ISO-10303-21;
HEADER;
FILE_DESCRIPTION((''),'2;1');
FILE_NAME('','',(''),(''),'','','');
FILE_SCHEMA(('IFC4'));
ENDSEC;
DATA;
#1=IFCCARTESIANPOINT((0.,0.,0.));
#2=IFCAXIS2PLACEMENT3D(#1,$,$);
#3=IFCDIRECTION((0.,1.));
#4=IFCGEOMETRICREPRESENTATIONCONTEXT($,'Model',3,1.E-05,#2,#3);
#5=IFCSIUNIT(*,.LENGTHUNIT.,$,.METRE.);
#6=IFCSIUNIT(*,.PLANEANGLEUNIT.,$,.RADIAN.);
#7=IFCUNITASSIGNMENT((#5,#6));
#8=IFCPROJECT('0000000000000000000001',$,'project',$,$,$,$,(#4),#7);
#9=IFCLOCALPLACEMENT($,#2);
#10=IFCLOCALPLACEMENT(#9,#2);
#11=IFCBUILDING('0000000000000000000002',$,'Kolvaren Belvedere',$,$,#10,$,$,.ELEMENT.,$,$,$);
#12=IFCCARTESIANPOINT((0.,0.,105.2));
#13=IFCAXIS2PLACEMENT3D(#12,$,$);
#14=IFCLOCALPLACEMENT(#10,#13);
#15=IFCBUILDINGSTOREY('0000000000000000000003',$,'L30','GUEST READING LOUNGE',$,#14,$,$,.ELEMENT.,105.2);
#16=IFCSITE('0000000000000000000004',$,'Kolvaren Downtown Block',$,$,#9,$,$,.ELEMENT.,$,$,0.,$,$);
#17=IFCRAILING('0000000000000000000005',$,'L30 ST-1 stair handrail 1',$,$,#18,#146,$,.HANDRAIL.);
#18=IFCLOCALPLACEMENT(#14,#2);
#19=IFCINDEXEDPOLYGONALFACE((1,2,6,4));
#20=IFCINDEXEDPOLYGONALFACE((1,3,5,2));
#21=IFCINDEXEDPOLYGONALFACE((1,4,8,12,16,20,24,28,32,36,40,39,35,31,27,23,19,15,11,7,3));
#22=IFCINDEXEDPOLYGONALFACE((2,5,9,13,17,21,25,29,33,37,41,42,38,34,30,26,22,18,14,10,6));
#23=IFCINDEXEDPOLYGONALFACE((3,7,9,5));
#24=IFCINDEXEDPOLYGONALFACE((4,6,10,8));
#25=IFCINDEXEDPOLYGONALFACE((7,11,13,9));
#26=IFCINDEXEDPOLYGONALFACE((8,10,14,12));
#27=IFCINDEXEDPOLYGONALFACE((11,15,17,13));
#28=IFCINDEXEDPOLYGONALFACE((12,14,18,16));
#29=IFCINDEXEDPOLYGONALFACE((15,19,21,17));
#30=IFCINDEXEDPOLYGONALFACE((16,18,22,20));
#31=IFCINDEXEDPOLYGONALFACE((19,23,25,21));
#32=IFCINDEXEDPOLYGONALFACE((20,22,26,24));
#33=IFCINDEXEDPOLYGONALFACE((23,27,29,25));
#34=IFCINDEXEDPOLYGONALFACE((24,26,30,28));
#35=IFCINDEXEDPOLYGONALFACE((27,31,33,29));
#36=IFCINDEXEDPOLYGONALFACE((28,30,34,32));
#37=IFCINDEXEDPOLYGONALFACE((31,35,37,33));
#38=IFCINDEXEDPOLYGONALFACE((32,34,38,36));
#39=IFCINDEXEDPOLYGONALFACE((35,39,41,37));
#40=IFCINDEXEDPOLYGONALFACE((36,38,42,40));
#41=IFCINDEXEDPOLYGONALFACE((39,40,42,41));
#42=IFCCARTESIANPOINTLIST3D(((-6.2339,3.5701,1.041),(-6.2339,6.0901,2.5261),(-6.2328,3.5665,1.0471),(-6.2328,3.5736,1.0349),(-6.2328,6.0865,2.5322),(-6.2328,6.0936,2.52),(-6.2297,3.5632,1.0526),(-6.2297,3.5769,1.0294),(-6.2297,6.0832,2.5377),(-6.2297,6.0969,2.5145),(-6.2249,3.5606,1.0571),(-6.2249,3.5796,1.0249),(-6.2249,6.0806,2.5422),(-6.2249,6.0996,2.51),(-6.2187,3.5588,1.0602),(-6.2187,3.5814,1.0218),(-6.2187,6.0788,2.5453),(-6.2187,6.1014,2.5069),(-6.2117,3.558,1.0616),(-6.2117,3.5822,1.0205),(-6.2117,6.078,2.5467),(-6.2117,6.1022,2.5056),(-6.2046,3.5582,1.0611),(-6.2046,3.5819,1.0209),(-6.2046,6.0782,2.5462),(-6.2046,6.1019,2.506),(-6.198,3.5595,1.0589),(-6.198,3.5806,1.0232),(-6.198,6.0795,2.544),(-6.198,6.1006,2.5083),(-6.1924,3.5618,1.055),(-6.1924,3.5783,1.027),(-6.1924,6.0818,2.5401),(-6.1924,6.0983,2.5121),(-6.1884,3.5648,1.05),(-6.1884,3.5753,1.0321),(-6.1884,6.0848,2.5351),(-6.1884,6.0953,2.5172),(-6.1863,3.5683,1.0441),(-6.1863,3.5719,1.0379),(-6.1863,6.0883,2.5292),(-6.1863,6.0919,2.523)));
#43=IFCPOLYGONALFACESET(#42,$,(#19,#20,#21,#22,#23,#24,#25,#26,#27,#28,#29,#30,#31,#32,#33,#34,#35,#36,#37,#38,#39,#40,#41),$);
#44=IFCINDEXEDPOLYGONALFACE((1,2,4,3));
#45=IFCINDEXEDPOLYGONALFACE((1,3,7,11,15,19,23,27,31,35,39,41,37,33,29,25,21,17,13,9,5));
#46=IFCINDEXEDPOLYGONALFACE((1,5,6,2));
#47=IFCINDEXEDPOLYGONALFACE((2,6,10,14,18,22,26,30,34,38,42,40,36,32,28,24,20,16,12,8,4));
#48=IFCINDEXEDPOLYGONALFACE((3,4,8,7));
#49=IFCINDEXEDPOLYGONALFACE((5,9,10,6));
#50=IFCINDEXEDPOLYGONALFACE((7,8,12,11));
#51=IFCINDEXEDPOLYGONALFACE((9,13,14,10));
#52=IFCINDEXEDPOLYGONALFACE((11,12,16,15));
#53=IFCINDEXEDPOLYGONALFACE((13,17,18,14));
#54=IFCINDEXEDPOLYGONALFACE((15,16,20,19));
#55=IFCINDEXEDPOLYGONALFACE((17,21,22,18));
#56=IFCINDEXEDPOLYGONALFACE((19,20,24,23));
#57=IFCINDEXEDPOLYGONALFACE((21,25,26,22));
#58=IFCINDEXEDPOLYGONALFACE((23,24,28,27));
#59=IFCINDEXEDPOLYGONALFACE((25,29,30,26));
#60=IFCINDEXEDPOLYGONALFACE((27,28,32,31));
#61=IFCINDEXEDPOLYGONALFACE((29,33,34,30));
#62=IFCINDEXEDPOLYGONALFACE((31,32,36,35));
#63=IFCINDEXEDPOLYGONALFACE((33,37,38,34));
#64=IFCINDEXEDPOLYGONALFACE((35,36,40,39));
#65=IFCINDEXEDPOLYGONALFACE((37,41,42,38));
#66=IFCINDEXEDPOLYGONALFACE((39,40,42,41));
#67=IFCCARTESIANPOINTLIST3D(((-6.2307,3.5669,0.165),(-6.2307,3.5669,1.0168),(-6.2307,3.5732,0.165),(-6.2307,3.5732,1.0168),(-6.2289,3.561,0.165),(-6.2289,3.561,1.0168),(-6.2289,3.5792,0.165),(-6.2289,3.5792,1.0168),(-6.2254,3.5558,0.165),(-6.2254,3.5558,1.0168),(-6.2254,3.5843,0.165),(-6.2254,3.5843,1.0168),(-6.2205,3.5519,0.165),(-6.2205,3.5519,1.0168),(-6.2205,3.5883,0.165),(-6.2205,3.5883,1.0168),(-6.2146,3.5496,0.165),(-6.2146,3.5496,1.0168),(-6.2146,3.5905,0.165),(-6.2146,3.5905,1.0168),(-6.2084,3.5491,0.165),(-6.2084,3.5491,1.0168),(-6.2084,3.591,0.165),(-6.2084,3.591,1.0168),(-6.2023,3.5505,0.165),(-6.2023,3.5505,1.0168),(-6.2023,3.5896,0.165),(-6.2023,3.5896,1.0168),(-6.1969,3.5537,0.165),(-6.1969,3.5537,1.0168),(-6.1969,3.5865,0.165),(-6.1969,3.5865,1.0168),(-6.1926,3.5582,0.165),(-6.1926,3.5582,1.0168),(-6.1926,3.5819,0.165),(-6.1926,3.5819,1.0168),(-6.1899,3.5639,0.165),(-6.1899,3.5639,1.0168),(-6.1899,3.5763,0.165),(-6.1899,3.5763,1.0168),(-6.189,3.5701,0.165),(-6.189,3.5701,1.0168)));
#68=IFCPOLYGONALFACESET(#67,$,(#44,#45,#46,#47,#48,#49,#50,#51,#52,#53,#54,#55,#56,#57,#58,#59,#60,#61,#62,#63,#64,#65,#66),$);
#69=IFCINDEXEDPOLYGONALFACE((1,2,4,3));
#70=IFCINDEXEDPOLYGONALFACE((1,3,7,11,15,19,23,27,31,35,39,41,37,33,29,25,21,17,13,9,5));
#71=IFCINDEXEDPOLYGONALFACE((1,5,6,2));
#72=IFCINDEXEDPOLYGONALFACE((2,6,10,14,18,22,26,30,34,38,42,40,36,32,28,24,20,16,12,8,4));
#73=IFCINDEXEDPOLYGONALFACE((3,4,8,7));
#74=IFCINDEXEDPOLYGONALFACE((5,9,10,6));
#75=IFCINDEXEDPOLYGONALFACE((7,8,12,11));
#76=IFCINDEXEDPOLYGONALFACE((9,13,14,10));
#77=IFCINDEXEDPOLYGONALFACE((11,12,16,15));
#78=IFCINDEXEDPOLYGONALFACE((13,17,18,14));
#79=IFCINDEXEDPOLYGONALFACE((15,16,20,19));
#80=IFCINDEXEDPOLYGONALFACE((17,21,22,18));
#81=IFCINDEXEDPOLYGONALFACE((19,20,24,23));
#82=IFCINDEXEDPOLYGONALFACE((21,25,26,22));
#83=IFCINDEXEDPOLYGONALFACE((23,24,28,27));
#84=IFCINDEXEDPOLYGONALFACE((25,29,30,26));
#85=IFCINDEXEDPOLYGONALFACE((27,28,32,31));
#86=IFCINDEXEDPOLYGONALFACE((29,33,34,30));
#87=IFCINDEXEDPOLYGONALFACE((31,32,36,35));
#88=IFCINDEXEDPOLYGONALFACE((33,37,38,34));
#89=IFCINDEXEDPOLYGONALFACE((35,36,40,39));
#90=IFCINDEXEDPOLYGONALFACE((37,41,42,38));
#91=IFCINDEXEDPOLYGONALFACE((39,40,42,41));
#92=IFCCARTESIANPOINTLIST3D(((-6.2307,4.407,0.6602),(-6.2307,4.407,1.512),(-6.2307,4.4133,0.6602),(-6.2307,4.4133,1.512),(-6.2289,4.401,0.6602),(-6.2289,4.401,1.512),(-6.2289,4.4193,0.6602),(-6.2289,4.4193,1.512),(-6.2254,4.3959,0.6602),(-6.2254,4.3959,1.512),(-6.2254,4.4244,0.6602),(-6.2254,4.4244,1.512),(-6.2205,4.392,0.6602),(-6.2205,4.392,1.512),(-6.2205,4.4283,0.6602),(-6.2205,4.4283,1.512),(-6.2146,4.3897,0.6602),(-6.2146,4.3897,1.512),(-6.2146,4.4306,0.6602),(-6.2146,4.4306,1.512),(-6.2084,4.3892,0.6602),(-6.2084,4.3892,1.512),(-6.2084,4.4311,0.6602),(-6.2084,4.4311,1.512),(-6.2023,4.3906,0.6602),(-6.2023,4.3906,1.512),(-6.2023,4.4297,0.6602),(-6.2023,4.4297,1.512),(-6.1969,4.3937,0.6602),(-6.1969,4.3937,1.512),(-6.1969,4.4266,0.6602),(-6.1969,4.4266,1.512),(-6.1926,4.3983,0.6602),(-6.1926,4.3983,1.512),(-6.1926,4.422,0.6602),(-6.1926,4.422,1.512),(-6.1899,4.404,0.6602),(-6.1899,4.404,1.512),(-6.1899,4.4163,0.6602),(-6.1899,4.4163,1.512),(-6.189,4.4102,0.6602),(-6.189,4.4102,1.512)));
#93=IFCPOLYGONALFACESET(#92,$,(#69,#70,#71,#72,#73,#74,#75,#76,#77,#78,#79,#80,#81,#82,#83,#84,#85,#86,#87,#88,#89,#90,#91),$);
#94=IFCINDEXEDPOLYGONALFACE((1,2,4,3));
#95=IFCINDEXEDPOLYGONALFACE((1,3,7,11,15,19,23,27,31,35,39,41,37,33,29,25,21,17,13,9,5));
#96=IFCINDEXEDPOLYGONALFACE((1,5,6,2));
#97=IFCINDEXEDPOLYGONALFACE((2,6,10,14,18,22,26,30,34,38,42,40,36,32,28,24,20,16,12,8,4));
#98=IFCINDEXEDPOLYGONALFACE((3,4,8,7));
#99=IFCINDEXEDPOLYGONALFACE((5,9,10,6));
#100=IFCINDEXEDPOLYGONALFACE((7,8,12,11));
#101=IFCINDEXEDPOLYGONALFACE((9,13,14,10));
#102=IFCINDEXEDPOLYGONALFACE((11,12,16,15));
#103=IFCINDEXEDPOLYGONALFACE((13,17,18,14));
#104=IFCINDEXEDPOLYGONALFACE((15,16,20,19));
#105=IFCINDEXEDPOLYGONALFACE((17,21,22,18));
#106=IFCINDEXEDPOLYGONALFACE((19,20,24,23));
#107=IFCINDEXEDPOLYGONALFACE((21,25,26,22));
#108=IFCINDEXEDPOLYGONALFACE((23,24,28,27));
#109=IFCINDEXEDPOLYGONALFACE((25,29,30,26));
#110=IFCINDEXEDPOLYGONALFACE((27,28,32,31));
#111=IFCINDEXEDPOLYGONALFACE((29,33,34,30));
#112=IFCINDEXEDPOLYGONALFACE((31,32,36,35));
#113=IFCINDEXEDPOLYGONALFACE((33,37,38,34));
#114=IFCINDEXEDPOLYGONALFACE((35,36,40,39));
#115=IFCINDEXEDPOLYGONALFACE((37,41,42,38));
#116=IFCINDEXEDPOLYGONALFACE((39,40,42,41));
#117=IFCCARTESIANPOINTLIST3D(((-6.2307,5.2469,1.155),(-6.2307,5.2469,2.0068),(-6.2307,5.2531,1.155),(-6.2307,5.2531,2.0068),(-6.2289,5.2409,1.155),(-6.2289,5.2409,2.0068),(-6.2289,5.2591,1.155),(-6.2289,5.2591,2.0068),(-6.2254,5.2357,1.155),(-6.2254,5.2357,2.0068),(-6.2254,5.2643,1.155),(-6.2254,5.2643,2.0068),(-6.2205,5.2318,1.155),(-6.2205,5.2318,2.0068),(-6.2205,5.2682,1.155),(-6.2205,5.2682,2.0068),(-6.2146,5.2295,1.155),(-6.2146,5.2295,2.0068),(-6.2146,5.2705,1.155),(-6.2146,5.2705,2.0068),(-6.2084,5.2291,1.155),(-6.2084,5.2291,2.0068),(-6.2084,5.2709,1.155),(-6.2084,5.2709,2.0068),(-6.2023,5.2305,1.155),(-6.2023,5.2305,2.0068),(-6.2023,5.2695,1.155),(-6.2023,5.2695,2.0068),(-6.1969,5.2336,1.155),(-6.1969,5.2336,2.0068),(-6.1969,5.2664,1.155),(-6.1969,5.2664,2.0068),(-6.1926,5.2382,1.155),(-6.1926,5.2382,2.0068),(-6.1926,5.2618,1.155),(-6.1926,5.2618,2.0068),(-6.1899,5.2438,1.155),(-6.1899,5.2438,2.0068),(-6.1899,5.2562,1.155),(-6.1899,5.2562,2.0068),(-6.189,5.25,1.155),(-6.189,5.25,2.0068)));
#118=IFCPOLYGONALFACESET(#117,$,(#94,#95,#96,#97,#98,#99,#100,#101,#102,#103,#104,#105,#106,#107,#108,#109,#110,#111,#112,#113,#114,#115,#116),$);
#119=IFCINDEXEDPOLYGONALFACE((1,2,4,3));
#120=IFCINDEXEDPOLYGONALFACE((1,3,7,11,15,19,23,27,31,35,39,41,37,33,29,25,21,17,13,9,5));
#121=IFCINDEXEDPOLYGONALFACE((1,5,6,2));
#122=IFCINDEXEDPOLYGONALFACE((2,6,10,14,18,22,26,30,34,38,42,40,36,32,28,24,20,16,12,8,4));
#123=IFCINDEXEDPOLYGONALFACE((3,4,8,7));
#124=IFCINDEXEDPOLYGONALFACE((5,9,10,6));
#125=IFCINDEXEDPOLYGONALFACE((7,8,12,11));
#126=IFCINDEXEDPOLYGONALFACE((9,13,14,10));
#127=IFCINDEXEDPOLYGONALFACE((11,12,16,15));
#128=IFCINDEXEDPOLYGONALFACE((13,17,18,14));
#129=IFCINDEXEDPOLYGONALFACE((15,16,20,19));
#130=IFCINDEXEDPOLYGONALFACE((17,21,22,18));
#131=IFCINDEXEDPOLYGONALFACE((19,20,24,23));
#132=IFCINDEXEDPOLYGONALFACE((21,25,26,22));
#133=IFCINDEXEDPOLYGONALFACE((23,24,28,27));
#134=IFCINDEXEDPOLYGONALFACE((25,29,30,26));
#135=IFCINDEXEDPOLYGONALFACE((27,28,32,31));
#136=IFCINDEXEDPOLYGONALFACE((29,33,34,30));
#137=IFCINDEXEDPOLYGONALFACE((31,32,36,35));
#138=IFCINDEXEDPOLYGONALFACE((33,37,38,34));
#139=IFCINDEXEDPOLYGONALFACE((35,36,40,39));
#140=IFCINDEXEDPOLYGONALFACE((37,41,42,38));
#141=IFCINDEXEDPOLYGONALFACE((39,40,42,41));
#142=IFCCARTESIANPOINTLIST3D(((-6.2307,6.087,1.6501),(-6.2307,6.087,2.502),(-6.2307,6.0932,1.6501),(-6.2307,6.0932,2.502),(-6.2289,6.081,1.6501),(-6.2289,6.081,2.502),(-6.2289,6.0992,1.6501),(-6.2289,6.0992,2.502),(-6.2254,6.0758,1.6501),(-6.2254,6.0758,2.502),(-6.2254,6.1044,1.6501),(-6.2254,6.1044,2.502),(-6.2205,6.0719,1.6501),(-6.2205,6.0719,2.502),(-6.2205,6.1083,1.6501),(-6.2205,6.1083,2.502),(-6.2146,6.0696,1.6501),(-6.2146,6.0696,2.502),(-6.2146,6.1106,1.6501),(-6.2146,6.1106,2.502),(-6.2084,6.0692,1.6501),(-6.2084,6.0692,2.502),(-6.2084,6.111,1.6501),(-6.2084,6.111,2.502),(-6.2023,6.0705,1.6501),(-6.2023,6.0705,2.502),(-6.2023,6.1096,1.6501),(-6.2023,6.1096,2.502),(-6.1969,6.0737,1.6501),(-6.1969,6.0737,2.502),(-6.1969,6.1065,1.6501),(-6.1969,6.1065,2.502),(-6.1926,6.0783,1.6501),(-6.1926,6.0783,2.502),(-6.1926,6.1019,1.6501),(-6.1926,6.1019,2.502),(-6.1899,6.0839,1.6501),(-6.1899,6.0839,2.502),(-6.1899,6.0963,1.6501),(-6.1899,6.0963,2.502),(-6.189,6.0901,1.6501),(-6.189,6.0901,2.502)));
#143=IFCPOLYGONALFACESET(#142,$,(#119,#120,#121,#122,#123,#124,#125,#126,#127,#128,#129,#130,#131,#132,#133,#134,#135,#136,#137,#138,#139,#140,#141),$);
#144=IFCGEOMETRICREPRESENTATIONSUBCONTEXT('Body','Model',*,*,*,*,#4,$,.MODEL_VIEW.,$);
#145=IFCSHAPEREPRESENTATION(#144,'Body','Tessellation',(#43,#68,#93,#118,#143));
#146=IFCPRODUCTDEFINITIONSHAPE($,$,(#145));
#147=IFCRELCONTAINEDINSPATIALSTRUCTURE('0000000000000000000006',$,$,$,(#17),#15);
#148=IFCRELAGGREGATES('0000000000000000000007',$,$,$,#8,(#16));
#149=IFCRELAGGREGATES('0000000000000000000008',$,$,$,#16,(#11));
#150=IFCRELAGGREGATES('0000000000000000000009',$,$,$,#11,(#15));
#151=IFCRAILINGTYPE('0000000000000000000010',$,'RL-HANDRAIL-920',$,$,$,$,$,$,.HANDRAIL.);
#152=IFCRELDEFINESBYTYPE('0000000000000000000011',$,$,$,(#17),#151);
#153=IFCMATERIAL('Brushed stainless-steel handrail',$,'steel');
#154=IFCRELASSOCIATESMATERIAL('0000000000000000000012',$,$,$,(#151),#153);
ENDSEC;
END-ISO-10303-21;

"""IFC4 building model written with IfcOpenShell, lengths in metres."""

from ifc_helpers import new_model, si_unit, direction, frame, origin, origin_2d, place, context, subcontext, project, spatial, circle, extrude, material, type_object, element, save


model = new_model("IFC4")

# Units and contexts
model_context = context("Model", 3, precision=1e-05, world=origin(), true_north=direction((0.0, 1.0)))
body_context = subcontext(model_context, "Body", "Model", "MODEL_VIEW")
ifc_project = project(units=[si_unit("LENGTHUNIT", "METRE"), si_unit("PLANEANGLEUNIT", "RADIAN")], contexts=[model_context])

# Site, building, storey
site_placement = place(None, origin())
site = spatial("IfcSite", under=ifc_project, at=site_placement, Name="Kolvaren Downtown Block", CompositionType="ELEMENT", RefElevation=0.0)
building_placement = place(site_placement, origin())
building = spatial("IfcBuilding", under=site, at=building_placement, Name="Kolvaren Belvedere", CompositionType="ELEMENT")
storey_placement = place(building_placement, frame((0.0, 0.0, 105.2)))
storey = spatial("IfcBuildingStorey", under=building, at=storey_placement, Name="L30", Description="GUEST READING LOUNGE", CompositionType="ELEMENT", Elevation=105.2)

# Railing
ifc_material_1 = material(Name="Brushed stainless-steel handrail", Category="steel")
railing_type_1 = type_object("IfcRailingType", Name="RL-HANDRAIL-920", PredefinedType="HANDRAIL", material=ifc_material_1)
railing_1_placement = place(storey_placement, frame((-6.21, 3.5701, 0.165)))
element("IfcRailing", 1, at=railing_1_placement, inside=storey, type_object=railing_type_1, Name="L30 ST-1 stair handrail 1", PredefinedType="HANDRAIL", context=body_context, shape_type="SweptSolid", body=[
    extrude(circle(Radius=0.0239, at=origin_2d()), frame((0.0, 0.0, 0.876), z_axis=(0.0, 0.861524, 0.507717), x_axis=(-1.0, 0.0, 0.0)), (0.0, 0.0, 1.0), 2.925),
    extrude(circle(Radius=0.021, at=origin_2d()), origin(), (0.0, 0.0, 1.0), 0.8518),
    extrude(circle(Radius=0.021, at=origin_2d()), frame((0.0, 0.8401, 0.4951)), (0.0, 0.0, 1.0), 0.8518),
    extrude(circle(Radius=0.021, at=origin_2d()), frame((0.0, 1.6799, 0.99)), (0.0, 0.0, 1.0), 0.8518),
    extrude(circle(Radius=0.021, at=origin_2d()), frame((0.0, 2.52, 1.4851)), (0.0, 0.0, 1.0), 0.8518),
])

save(model, "model.ifc")
